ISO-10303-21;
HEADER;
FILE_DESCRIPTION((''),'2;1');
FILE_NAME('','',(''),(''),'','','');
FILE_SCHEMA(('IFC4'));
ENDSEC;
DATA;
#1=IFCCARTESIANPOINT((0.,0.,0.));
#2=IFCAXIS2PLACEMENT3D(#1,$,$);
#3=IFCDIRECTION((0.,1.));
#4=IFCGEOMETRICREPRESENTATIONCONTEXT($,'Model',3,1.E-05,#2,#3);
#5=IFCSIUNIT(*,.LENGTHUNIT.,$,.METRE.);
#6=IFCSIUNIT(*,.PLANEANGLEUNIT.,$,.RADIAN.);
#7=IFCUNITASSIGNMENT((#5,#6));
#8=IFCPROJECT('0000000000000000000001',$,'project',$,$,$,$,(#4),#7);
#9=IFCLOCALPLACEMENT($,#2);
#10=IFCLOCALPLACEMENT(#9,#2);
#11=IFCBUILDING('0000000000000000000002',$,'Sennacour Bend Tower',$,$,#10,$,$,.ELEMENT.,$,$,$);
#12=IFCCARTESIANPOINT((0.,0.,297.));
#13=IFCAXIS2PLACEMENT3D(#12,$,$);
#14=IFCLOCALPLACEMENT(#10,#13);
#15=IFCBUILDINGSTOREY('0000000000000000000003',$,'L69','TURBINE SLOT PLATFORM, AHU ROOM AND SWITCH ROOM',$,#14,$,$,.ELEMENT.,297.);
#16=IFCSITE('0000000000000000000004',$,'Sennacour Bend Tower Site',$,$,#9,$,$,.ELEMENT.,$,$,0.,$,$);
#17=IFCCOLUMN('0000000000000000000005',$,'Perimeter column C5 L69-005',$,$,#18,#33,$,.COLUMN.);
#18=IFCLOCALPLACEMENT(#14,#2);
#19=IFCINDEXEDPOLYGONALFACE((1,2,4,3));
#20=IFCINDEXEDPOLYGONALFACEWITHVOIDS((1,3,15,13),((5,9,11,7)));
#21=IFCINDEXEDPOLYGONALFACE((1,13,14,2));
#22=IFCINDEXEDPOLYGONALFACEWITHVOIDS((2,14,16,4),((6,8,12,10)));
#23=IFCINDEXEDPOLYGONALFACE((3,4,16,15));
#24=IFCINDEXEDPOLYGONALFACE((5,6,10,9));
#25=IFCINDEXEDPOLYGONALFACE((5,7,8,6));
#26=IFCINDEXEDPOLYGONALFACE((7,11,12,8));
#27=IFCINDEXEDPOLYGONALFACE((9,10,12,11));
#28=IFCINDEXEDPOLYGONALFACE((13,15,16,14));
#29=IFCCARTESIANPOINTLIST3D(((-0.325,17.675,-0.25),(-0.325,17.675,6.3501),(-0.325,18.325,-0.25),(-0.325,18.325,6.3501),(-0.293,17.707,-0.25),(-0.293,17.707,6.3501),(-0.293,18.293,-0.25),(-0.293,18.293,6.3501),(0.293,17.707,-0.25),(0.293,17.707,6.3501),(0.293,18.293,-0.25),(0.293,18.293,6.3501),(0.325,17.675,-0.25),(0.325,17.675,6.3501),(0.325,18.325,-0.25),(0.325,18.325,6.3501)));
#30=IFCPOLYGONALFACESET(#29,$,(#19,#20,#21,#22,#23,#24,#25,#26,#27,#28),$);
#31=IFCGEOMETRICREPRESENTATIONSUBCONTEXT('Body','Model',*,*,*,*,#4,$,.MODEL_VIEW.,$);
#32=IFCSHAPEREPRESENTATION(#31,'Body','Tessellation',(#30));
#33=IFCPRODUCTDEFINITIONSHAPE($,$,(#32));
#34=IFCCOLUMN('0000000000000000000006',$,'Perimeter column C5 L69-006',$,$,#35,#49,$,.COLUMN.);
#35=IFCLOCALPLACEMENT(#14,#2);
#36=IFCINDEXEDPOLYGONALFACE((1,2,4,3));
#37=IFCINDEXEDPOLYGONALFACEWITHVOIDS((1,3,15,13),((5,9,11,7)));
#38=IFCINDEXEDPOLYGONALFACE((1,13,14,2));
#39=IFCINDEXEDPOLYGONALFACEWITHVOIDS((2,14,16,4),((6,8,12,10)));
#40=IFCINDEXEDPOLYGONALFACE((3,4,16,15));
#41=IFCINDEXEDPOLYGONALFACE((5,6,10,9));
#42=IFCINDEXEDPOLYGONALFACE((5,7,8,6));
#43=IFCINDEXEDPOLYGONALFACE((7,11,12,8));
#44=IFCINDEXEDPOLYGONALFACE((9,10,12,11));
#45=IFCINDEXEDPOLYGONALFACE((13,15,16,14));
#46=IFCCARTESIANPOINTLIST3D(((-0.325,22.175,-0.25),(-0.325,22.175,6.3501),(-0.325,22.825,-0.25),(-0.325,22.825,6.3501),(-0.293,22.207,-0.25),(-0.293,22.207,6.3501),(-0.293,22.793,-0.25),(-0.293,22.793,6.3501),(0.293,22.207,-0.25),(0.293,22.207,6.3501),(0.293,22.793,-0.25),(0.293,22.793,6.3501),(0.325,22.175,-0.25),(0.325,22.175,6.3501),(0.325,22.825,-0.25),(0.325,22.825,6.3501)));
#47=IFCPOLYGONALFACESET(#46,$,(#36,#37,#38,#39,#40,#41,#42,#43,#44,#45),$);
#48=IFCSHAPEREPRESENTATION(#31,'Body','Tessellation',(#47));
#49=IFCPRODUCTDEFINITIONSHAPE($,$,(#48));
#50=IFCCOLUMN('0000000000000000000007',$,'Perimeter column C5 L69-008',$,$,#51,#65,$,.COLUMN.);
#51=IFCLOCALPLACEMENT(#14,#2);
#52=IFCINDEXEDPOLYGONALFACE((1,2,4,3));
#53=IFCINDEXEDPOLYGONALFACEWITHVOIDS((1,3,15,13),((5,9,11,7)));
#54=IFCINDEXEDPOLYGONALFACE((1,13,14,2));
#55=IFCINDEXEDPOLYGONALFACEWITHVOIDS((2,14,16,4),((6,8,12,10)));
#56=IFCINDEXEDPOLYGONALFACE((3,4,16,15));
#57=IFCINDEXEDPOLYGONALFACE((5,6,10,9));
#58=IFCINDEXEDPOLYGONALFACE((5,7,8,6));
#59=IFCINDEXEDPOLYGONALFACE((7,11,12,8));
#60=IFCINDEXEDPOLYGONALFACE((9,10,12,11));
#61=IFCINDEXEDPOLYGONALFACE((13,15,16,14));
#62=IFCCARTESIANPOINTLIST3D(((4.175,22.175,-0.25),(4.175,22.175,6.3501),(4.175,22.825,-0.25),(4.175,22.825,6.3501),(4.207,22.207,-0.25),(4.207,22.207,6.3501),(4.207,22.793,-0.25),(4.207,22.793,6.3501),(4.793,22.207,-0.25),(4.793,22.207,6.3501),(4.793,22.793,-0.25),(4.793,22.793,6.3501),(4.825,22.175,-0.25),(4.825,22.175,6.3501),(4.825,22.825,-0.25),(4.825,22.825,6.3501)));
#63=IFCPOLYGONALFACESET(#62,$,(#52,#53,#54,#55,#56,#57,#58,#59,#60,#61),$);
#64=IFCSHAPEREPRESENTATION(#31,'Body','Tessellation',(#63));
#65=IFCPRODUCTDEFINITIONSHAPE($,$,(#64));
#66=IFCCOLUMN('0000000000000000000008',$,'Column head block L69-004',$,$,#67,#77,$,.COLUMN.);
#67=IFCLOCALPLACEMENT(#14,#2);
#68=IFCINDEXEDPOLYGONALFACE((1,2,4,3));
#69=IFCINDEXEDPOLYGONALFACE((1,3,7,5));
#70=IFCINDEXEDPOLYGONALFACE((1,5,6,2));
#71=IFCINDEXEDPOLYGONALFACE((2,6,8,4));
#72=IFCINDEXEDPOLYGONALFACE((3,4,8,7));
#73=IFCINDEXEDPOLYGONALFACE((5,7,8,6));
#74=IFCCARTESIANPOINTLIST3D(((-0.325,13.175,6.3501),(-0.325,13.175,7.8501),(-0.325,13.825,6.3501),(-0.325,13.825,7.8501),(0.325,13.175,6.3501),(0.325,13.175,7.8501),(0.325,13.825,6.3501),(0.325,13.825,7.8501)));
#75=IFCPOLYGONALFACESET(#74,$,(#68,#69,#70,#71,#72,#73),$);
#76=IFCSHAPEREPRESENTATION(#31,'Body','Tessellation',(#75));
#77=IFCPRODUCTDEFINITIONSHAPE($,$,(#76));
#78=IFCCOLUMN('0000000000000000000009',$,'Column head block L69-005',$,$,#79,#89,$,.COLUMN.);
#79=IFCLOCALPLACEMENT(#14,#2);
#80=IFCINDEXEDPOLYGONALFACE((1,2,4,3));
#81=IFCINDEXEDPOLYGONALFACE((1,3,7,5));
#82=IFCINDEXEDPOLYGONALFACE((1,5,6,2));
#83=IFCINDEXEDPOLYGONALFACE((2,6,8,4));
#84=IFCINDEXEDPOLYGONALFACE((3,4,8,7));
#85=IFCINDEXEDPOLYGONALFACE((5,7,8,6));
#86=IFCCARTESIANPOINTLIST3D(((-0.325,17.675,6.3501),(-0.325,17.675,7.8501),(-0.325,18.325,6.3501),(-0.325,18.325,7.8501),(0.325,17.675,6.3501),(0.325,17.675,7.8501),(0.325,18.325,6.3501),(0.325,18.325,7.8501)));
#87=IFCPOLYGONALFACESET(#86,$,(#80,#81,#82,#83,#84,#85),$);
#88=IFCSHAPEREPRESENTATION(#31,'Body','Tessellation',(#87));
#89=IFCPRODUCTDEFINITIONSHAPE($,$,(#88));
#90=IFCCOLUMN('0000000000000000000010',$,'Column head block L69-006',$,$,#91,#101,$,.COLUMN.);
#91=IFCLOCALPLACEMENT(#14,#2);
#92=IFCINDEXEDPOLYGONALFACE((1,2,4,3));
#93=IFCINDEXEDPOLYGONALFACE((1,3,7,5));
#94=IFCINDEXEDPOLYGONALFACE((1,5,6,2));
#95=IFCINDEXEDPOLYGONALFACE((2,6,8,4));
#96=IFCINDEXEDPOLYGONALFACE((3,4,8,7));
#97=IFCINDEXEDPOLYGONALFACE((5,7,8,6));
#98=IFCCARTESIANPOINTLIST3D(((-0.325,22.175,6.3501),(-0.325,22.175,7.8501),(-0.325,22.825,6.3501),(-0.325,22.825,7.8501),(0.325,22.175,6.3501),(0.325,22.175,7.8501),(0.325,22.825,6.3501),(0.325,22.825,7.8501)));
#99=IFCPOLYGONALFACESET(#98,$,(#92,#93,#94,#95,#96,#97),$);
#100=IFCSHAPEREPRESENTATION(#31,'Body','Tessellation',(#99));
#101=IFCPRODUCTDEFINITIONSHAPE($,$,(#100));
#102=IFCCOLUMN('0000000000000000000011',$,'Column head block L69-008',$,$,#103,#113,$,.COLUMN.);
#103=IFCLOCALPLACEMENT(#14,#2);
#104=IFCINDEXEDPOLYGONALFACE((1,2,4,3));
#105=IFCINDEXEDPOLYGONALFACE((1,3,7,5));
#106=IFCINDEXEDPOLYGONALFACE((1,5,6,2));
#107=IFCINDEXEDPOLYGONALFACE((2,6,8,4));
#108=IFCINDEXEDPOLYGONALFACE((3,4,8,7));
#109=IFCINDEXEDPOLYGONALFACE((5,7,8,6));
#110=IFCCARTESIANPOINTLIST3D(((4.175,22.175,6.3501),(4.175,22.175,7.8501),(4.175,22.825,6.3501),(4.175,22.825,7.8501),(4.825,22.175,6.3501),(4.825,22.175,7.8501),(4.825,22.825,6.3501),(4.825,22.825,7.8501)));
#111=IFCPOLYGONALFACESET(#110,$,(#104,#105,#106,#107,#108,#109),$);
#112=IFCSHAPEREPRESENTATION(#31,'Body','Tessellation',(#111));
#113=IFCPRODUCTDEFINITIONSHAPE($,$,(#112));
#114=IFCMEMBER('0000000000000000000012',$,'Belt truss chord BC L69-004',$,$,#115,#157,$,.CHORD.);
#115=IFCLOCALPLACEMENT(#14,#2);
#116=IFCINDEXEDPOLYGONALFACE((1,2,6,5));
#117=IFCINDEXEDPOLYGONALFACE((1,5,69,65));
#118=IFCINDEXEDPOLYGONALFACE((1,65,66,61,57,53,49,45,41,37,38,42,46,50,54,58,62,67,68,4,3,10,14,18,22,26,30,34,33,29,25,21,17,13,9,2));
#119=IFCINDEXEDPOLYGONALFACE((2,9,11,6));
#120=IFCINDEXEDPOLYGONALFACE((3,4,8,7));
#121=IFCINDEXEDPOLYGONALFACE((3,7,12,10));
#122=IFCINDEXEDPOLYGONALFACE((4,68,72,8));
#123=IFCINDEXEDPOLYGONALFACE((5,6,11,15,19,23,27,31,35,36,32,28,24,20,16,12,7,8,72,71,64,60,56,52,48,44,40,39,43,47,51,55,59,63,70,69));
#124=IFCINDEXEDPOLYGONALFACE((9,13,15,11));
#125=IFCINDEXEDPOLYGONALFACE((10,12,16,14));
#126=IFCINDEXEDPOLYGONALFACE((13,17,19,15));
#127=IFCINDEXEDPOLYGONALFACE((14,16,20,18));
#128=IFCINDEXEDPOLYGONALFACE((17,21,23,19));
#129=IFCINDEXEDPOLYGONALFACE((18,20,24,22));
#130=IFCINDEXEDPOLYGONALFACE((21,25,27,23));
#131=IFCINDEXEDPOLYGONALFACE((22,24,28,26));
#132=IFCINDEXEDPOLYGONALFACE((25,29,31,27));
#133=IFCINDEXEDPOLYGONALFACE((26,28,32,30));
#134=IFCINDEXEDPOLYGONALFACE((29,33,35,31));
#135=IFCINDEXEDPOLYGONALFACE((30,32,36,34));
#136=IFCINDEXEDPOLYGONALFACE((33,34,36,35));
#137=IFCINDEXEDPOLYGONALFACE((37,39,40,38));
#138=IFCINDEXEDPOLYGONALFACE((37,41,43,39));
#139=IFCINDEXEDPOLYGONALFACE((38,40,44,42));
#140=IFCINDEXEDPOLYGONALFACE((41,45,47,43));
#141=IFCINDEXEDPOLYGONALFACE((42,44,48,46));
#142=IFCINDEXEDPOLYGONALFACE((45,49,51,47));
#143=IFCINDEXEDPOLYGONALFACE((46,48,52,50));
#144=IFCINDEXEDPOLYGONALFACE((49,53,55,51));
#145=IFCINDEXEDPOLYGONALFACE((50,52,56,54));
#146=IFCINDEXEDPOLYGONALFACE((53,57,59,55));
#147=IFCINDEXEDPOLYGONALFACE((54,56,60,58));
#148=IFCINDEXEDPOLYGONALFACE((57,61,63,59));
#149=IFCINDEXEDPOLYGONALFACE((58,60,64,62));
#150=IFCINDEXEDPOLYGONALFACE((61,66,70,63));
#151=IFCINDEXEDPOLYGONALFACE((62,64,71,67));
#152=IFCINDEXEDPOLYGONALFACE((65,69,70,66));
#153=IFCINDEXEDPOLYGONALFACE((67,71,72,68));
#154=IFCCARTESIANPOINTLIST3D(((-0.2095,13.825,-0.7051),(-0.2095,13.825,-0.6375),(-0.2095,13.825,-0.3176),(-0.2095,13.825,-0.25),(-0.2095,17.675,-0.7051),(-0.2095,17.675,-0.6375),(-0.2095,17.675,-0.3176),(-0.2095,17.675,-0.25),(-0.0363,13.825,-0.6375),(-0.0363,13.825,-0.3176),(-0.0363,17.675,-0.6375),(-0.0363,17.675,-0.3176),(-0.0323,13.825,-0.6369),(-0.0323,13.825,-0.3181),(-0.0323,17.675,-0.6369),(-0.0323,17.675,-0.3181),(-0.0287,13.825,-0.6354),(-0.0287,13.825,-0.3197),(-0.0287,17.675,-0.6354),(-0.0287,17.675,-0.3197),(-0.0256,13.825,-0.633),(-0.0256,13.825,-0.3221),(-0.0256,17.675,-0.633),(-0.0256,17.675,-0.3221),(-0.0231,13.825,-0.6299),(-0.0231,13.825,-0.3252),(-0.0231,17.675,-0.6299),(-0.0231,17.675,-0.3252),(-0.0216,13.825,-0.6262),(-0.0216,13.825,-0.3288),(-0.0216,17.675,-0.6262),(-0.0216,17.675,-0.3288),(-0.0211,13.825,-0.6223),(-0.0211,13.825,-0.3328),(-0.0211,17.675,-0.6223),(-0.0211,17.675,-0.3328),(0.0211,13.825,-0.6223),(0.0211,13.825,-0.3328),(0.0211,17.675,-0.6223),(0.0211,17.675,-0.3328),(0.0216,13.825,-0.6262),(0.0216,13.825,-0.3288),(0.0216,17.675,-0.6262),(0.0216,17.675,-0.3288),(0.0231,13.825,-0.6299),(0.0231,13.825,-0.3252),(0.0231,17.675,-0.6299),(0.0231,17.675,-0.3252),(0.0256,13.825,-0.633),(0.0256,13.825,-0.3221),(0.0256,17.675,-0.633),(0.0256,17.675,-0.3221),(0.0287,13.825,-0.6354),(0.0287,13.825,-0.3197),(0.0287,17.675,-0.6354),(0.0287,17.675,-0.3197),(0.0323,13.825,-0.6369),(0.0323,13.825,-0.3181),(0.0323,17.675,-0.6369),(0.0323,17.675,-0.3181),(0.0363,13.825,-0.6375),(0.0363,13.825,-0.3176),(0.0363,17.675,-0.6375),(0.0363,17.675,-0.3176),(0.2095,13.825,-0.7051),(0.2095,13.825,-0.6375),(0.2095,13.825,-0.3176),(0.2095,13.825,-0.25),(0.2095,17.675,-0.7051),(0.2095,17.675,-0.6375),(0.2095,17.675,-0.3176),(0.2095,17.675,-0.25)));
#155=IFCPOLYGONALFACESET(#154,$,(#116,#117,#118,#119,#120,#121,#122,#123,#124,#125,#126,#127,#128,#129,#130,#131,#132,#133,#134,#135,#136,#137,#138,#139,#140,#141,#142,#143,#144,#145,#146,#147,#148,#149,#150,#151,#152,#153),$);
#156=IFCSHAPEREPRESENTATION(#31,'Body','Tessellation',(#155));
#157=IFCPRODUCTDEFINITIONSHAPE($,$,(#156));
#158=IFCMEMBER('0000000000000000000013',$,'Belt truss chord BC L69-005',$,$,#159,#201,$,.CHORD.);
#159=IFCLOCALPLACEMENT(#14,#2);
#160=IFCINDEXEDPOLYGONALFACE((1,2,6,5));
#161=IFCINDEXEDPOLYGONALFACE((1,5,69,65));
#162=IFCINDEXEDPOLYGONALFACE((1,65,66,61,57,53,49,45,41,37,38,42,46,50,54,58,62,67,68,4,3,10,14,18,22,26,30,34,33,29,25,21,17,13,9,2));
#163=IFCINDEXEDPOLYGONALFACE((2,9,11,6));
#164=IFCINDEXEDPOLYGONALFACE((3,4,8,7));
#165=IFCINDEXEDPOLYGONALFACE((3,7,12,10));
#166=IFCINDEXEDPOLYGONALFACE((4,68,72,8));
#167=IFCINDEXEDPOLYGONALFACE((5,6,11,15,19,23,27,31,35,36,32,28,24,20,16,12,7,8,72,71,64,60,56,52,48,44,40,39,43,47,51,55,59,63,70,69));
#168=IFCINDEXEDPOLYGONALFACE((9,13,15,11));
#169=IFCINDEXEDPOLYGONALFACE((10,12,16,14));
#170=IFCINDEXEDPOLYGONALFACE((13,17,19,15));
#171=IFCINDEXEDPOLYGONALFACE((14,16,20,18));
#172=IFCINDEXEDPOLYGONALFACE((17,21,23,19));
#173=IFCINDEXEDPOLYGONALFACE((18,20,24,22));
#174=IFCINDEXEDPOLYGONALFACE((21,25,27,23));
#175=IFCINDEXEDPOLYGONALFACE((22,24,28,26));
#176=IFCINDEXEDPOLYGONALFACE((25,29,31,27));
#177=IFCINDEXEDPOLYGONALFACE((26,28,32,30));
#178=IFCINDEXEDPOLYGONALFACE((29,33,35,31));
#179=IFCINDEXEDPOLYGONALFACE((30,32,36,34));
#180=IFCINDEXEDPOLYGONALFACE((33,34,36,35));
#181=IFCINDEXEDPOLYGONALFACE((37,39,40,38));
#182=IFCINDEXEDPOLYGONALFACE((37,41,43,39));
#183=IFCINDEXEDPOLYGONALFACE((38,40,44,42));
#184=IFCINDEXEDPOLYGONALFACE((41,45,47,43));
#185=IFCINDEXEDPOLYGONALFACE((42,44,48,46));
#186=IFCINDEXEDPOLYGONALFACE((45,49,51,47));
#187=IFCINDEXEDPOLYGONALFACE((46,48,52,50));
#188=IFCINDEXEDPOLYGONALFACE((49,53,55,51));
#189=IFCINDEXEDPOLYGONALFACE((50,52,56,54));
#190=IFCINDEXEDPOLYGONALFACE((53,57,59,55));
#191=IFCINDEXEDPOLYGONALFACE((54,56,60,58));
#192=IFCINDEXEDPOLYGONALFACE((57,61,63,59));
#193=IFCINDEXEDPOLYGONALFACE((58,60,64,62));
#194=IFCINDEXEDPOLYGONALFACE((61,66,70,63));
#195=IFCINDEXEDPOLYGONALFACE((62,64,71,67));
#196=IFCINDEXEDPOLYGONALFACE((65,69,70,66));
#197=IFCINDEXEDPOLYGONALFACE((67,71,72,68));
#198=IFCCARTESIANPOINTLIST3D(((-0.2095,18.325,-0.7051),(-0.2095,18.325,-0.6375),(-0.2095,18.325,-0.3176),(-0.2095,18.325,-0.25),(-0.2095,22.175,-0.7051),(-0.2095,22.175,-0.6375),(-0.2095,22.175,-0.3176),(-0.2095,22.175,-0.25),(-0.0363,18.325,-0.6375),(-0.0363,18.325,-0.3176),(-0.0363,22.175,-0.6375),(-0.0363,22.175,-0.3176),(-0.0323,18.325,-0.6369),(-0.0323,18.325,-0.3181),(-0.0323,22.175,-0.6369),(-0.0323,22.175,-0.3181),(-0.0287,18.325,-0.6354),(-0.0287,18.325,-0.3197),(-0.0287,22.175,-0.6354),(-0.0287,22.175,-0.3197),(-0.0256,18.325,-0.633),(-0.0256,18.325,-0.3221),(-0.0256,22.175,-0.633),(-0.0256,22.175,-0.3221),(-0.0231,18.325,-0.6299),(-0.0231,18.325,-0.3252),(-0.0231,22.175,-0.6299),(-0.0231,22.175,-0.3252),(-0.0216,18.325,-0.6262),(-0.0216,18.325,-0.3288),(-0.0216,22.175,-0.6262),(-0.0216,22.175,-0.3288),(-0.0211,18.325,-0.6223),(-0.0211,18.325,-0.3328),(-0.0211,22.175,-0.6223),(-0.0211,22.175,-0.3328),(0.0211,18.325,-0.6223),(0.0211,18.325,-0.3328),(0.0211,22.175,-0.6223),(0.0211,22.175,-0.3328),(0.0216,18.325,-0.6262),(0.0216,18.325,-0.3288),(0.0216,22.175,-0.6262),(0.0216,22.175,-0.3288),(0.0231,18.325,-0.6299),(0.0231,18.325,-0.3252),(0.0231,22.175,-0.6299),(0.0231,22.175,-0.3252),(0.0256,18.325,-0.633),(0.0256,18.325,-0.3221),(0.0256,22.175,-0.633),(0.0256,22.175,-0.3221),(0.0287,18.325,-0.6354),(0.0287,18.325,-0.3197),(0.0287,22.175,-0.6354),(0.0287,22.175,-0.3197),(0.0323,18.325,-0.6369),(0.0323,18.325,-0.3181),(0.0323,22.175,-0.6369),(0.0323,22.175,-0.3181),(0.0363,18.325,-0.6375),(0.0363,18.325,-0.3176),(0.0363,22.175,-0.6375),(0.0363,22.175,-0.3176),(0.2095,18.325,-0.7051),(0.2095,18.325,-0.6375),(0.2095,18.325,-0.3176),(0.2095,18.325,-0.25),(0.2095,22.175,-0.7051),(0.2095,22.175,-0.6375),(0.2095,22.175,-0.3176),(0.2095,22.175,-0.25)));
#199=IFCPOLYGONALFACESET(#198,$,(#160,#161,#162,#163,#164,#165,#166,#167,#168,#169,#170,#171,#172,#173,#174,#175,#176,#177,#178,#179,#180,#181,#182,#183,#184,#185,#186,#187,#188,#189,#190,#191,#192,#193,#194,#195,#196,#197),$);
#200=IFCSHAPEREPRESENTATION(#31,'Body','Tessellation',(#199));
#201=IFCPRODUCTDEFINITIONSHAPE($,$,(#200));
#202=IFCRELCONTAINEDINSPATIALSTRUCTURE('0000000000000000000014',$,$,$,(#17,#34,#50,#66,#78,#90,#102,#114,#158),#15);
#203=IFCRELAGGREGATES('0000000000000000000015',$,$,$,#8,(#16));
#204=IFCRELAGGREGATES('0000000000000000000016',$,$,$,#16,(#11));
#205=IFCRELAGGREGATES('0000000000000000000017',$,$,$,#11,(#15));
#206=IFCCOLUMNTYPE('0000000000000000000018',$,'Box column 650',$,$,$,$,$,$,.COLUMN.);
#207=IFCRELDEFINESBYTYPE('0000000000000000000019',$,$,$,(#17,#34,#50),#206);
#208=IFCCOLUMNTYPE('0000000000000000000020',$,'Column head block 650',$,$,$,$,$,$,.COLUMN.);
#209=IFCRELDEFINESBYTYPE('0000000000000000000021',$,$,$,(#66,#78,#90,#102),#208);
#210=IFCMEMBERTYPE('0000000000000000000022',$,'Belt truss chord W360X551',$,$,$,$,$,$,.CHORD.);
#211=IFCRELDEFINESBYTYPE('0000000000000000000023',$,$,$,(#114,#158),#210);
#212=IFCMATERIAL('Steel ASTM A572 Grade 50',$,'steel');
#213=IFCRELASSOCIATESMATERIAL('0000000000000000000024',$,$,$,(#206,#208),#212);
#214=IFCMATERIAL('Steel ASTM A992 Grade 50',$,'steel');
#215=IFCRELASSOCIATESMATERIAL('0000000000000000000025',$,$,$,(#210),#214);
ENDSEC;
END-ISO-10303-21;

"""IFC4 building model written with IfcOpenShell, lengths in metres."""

from ifc_helpers import new_model, si_unit, direction, frame, origin, origin_2d, place, context, subcontext, project, spatial, rectangle, hollow_rectangle, i_section, extrude, material, material_profile, profile_set, type_object, element, save


model = new_model("IFC4")

# Units and contexts
model_context = context("Model", 3, precision=1e-05, world=origin(), true_north=direction((0.0, 1.0)))
body_context = subcontext(model_context, "Body", "Model", "MODEL_VIEW")
ifc_project = project(units=[si_unit("LENGTHUNIT", "METRE"), si_unit("PLANEANGLEUNIT", "RADIAN")], contexts=[model_context])

# Site, building, storey
site_placement = place(None, origin())
site = spatial("IfcSite", under=ifc_project, at=site_placement, Name="Sennacour Bend Tower Site", CompositionType="ELEMENT", RefElevation=0.0)
building_placement = place(site_placement, origin())
building = spatial("IfcBuilding", under=site, at=building_placement, Name="Sennacour Bend Tower", CompositionType="ELEMENT")
storey_placement = place(building_placement, frame((0.0, 0.0, 297.0)))
storey = spatial("IfcBuildingStorey", under=building, at=storey_placement, Name="L69", Description="TURBINE SLOT PLATFORM, AHU ROOM AND SWITCH ROOM", CompositionType="ELEMENT", Elevation=297.0)

# Columns
ifc_material_1 = material(Name="Steel ASTM A572 Grade 50", Category="steel")
ifc_material_profile_1 = material_profile(ifc_material_1, hollow_rectangle(XDim=0.6499, YDim=0.6499, WallThickness=0.032, at=origin_2d()), Name="Steel ASTM A572 Grade 50", Category="steel")
ifc_profile_set_1 = profile_set([ifc_material_profile_1], Name="Steel ASTM A572 Grade 50")
column_type_1 = type_object("IfcColumnType", Name="Box column 650", PredefinedType="COLUMN", material=ifc_profile_set_1)
for number, where, z_axis, x_axis, name in (
    (1, (0.0, 18.0, -0.25), (0.0, 0.0, 1.0), (1.0, 0.0, 0.0), "Perimeter column C5 L69-005"),
    (2, (0.0, 22.5, -0.25), (0.0, 0.0, 1.0), (1.0, 0.0, 0.0), "Perimeter column C5 L69-006"),
    (3, (4.5, 22.5, -0.25), (0.0, 0.0, 1.0), (1.0, 0.0, 0.0), "Perimeter column C5 L69-008"),
):
    element("IfcColumn", number, at=place(storey_placement, frame(where, z_axis=z_axis, x_axis=x_axis)), inside=storey, type_object=column_type_1, Name=name, PredefinedType="COLUMN", context=body_context, shape_type="SweptSolid", body=[
        extrude(hollow_rectangle(XDim=0.6499, YDim=0.6499, WallThickness=0.032, at=origin_2d()), origin(), (0.0, 0.0, 1.0), 6.6001),
    ])
ifc_material_profile_2 = material_profile(ifc_material_1, rectangle(XDim=0.6499, YDim=0.6499, at=origin_2d()), Name="Steel ASTM A572 Grade 50", Category="steel")
ifc_profile_set_2 = profile_set([ifc_material_profile_2], Name="Steel ASTM A572 Grade 50")
column_type_2 = type_object("IfcColumnType", Name="Column head block 650", PredefinedType="COLUMN", material=ifc_profile_set_2)
for number, where, z_axis, x_axis, name in (
    (4, (0.0, 13.5, 6.3501), (0.0, 0.0, 1.0), (1.0, 0.0, 0.0), "Column head block L69-004"),
    (5, (0.0, 18.0, 6.3501), (0.0, 0.0, 1.0), (1.0, 0.0, 0.0), "Column head block L69-005"),
    (6, (0.0, 22.5, 6.3501), (0.0, 0.0, 1.0), (1.0, 0.0, 0.0), "Column head block L69-006"),
    (7, (4.5, 22.5, 6.3501), (0.0, 0.0, 1.0), (1.0, 0.0, 0.0), "Column head block L69-008"),
):
    element("IfcColumn", number, at=place(storey_placement, frame(where, z_axis=z_axis, x_axis=x_axis)), inside=storey, type_object=column_type_2, Name=name, PredefinedType="COLUMN", context=body_context, shape_type="SweptSolid", body=[
        extrude(rectangle(XDim=0.6499, YDim=0.6499, at=origin_2d()), origin(), (0.0, 0.0, 1.0), 1.5),
    ])

# Members
ifc_material_2 = material(Name="Steel ASTM A992 Grade 50", Category="steel")
ifc_material_profile_3 = material_profile(ifc_material_2, i_section(OverallWidth=0.4189, OverallDepth=0.4551, WebThickness=0.0422, FlangeThickness=0.0676, FilletRadius=0.0151, at=origin_2d()), Name="Steel ASTM A992 Grade 50", Category="steel")
ifc_profile_set_3 = profile_set([ifc_material_profile_3], Name="Steel ASTM A992 Grade 50")
member_type_1 = type_object("IfcMemberType", Name="Belt truss chord W360X551", PredefinedType="CHORD", material=ifc_profile_set_3)
for number, where, z_axis, x_axis, name in (
    (8, (0.0, 13.825, -0.4775), (0.0, 1.0, 0.0), (-1.0, 0.0, 0.0), "Belt truss chord BC L69-004"),
    (9, (0.0, 18.325, -0.4775), (0.0, 1.0, 0.0), (-1.0, 0.0, 0.0), "Belt truss chord BC L69-005"),
):
    element("IfcMember", number, at=place(storey_placement, frame(where, z_axis=z_axis, x_axis=x_axis)), inside=storey, type_object=member_type_1, Name=name, PredefinedType="CHORD", context=body_context, shape_type="SweptSolid", body=[
        extrude(i_section(OverallWidth=0.4189, OverallDepth=0.4551, WebThickness=0.0422, FlangeThickness=0.0676, FilletRadius=0.0151, at=origin_2d()), origin(), (0.0, 0.0, 1.0), 3.8501),
    ])

save(model, "model.ifc")
